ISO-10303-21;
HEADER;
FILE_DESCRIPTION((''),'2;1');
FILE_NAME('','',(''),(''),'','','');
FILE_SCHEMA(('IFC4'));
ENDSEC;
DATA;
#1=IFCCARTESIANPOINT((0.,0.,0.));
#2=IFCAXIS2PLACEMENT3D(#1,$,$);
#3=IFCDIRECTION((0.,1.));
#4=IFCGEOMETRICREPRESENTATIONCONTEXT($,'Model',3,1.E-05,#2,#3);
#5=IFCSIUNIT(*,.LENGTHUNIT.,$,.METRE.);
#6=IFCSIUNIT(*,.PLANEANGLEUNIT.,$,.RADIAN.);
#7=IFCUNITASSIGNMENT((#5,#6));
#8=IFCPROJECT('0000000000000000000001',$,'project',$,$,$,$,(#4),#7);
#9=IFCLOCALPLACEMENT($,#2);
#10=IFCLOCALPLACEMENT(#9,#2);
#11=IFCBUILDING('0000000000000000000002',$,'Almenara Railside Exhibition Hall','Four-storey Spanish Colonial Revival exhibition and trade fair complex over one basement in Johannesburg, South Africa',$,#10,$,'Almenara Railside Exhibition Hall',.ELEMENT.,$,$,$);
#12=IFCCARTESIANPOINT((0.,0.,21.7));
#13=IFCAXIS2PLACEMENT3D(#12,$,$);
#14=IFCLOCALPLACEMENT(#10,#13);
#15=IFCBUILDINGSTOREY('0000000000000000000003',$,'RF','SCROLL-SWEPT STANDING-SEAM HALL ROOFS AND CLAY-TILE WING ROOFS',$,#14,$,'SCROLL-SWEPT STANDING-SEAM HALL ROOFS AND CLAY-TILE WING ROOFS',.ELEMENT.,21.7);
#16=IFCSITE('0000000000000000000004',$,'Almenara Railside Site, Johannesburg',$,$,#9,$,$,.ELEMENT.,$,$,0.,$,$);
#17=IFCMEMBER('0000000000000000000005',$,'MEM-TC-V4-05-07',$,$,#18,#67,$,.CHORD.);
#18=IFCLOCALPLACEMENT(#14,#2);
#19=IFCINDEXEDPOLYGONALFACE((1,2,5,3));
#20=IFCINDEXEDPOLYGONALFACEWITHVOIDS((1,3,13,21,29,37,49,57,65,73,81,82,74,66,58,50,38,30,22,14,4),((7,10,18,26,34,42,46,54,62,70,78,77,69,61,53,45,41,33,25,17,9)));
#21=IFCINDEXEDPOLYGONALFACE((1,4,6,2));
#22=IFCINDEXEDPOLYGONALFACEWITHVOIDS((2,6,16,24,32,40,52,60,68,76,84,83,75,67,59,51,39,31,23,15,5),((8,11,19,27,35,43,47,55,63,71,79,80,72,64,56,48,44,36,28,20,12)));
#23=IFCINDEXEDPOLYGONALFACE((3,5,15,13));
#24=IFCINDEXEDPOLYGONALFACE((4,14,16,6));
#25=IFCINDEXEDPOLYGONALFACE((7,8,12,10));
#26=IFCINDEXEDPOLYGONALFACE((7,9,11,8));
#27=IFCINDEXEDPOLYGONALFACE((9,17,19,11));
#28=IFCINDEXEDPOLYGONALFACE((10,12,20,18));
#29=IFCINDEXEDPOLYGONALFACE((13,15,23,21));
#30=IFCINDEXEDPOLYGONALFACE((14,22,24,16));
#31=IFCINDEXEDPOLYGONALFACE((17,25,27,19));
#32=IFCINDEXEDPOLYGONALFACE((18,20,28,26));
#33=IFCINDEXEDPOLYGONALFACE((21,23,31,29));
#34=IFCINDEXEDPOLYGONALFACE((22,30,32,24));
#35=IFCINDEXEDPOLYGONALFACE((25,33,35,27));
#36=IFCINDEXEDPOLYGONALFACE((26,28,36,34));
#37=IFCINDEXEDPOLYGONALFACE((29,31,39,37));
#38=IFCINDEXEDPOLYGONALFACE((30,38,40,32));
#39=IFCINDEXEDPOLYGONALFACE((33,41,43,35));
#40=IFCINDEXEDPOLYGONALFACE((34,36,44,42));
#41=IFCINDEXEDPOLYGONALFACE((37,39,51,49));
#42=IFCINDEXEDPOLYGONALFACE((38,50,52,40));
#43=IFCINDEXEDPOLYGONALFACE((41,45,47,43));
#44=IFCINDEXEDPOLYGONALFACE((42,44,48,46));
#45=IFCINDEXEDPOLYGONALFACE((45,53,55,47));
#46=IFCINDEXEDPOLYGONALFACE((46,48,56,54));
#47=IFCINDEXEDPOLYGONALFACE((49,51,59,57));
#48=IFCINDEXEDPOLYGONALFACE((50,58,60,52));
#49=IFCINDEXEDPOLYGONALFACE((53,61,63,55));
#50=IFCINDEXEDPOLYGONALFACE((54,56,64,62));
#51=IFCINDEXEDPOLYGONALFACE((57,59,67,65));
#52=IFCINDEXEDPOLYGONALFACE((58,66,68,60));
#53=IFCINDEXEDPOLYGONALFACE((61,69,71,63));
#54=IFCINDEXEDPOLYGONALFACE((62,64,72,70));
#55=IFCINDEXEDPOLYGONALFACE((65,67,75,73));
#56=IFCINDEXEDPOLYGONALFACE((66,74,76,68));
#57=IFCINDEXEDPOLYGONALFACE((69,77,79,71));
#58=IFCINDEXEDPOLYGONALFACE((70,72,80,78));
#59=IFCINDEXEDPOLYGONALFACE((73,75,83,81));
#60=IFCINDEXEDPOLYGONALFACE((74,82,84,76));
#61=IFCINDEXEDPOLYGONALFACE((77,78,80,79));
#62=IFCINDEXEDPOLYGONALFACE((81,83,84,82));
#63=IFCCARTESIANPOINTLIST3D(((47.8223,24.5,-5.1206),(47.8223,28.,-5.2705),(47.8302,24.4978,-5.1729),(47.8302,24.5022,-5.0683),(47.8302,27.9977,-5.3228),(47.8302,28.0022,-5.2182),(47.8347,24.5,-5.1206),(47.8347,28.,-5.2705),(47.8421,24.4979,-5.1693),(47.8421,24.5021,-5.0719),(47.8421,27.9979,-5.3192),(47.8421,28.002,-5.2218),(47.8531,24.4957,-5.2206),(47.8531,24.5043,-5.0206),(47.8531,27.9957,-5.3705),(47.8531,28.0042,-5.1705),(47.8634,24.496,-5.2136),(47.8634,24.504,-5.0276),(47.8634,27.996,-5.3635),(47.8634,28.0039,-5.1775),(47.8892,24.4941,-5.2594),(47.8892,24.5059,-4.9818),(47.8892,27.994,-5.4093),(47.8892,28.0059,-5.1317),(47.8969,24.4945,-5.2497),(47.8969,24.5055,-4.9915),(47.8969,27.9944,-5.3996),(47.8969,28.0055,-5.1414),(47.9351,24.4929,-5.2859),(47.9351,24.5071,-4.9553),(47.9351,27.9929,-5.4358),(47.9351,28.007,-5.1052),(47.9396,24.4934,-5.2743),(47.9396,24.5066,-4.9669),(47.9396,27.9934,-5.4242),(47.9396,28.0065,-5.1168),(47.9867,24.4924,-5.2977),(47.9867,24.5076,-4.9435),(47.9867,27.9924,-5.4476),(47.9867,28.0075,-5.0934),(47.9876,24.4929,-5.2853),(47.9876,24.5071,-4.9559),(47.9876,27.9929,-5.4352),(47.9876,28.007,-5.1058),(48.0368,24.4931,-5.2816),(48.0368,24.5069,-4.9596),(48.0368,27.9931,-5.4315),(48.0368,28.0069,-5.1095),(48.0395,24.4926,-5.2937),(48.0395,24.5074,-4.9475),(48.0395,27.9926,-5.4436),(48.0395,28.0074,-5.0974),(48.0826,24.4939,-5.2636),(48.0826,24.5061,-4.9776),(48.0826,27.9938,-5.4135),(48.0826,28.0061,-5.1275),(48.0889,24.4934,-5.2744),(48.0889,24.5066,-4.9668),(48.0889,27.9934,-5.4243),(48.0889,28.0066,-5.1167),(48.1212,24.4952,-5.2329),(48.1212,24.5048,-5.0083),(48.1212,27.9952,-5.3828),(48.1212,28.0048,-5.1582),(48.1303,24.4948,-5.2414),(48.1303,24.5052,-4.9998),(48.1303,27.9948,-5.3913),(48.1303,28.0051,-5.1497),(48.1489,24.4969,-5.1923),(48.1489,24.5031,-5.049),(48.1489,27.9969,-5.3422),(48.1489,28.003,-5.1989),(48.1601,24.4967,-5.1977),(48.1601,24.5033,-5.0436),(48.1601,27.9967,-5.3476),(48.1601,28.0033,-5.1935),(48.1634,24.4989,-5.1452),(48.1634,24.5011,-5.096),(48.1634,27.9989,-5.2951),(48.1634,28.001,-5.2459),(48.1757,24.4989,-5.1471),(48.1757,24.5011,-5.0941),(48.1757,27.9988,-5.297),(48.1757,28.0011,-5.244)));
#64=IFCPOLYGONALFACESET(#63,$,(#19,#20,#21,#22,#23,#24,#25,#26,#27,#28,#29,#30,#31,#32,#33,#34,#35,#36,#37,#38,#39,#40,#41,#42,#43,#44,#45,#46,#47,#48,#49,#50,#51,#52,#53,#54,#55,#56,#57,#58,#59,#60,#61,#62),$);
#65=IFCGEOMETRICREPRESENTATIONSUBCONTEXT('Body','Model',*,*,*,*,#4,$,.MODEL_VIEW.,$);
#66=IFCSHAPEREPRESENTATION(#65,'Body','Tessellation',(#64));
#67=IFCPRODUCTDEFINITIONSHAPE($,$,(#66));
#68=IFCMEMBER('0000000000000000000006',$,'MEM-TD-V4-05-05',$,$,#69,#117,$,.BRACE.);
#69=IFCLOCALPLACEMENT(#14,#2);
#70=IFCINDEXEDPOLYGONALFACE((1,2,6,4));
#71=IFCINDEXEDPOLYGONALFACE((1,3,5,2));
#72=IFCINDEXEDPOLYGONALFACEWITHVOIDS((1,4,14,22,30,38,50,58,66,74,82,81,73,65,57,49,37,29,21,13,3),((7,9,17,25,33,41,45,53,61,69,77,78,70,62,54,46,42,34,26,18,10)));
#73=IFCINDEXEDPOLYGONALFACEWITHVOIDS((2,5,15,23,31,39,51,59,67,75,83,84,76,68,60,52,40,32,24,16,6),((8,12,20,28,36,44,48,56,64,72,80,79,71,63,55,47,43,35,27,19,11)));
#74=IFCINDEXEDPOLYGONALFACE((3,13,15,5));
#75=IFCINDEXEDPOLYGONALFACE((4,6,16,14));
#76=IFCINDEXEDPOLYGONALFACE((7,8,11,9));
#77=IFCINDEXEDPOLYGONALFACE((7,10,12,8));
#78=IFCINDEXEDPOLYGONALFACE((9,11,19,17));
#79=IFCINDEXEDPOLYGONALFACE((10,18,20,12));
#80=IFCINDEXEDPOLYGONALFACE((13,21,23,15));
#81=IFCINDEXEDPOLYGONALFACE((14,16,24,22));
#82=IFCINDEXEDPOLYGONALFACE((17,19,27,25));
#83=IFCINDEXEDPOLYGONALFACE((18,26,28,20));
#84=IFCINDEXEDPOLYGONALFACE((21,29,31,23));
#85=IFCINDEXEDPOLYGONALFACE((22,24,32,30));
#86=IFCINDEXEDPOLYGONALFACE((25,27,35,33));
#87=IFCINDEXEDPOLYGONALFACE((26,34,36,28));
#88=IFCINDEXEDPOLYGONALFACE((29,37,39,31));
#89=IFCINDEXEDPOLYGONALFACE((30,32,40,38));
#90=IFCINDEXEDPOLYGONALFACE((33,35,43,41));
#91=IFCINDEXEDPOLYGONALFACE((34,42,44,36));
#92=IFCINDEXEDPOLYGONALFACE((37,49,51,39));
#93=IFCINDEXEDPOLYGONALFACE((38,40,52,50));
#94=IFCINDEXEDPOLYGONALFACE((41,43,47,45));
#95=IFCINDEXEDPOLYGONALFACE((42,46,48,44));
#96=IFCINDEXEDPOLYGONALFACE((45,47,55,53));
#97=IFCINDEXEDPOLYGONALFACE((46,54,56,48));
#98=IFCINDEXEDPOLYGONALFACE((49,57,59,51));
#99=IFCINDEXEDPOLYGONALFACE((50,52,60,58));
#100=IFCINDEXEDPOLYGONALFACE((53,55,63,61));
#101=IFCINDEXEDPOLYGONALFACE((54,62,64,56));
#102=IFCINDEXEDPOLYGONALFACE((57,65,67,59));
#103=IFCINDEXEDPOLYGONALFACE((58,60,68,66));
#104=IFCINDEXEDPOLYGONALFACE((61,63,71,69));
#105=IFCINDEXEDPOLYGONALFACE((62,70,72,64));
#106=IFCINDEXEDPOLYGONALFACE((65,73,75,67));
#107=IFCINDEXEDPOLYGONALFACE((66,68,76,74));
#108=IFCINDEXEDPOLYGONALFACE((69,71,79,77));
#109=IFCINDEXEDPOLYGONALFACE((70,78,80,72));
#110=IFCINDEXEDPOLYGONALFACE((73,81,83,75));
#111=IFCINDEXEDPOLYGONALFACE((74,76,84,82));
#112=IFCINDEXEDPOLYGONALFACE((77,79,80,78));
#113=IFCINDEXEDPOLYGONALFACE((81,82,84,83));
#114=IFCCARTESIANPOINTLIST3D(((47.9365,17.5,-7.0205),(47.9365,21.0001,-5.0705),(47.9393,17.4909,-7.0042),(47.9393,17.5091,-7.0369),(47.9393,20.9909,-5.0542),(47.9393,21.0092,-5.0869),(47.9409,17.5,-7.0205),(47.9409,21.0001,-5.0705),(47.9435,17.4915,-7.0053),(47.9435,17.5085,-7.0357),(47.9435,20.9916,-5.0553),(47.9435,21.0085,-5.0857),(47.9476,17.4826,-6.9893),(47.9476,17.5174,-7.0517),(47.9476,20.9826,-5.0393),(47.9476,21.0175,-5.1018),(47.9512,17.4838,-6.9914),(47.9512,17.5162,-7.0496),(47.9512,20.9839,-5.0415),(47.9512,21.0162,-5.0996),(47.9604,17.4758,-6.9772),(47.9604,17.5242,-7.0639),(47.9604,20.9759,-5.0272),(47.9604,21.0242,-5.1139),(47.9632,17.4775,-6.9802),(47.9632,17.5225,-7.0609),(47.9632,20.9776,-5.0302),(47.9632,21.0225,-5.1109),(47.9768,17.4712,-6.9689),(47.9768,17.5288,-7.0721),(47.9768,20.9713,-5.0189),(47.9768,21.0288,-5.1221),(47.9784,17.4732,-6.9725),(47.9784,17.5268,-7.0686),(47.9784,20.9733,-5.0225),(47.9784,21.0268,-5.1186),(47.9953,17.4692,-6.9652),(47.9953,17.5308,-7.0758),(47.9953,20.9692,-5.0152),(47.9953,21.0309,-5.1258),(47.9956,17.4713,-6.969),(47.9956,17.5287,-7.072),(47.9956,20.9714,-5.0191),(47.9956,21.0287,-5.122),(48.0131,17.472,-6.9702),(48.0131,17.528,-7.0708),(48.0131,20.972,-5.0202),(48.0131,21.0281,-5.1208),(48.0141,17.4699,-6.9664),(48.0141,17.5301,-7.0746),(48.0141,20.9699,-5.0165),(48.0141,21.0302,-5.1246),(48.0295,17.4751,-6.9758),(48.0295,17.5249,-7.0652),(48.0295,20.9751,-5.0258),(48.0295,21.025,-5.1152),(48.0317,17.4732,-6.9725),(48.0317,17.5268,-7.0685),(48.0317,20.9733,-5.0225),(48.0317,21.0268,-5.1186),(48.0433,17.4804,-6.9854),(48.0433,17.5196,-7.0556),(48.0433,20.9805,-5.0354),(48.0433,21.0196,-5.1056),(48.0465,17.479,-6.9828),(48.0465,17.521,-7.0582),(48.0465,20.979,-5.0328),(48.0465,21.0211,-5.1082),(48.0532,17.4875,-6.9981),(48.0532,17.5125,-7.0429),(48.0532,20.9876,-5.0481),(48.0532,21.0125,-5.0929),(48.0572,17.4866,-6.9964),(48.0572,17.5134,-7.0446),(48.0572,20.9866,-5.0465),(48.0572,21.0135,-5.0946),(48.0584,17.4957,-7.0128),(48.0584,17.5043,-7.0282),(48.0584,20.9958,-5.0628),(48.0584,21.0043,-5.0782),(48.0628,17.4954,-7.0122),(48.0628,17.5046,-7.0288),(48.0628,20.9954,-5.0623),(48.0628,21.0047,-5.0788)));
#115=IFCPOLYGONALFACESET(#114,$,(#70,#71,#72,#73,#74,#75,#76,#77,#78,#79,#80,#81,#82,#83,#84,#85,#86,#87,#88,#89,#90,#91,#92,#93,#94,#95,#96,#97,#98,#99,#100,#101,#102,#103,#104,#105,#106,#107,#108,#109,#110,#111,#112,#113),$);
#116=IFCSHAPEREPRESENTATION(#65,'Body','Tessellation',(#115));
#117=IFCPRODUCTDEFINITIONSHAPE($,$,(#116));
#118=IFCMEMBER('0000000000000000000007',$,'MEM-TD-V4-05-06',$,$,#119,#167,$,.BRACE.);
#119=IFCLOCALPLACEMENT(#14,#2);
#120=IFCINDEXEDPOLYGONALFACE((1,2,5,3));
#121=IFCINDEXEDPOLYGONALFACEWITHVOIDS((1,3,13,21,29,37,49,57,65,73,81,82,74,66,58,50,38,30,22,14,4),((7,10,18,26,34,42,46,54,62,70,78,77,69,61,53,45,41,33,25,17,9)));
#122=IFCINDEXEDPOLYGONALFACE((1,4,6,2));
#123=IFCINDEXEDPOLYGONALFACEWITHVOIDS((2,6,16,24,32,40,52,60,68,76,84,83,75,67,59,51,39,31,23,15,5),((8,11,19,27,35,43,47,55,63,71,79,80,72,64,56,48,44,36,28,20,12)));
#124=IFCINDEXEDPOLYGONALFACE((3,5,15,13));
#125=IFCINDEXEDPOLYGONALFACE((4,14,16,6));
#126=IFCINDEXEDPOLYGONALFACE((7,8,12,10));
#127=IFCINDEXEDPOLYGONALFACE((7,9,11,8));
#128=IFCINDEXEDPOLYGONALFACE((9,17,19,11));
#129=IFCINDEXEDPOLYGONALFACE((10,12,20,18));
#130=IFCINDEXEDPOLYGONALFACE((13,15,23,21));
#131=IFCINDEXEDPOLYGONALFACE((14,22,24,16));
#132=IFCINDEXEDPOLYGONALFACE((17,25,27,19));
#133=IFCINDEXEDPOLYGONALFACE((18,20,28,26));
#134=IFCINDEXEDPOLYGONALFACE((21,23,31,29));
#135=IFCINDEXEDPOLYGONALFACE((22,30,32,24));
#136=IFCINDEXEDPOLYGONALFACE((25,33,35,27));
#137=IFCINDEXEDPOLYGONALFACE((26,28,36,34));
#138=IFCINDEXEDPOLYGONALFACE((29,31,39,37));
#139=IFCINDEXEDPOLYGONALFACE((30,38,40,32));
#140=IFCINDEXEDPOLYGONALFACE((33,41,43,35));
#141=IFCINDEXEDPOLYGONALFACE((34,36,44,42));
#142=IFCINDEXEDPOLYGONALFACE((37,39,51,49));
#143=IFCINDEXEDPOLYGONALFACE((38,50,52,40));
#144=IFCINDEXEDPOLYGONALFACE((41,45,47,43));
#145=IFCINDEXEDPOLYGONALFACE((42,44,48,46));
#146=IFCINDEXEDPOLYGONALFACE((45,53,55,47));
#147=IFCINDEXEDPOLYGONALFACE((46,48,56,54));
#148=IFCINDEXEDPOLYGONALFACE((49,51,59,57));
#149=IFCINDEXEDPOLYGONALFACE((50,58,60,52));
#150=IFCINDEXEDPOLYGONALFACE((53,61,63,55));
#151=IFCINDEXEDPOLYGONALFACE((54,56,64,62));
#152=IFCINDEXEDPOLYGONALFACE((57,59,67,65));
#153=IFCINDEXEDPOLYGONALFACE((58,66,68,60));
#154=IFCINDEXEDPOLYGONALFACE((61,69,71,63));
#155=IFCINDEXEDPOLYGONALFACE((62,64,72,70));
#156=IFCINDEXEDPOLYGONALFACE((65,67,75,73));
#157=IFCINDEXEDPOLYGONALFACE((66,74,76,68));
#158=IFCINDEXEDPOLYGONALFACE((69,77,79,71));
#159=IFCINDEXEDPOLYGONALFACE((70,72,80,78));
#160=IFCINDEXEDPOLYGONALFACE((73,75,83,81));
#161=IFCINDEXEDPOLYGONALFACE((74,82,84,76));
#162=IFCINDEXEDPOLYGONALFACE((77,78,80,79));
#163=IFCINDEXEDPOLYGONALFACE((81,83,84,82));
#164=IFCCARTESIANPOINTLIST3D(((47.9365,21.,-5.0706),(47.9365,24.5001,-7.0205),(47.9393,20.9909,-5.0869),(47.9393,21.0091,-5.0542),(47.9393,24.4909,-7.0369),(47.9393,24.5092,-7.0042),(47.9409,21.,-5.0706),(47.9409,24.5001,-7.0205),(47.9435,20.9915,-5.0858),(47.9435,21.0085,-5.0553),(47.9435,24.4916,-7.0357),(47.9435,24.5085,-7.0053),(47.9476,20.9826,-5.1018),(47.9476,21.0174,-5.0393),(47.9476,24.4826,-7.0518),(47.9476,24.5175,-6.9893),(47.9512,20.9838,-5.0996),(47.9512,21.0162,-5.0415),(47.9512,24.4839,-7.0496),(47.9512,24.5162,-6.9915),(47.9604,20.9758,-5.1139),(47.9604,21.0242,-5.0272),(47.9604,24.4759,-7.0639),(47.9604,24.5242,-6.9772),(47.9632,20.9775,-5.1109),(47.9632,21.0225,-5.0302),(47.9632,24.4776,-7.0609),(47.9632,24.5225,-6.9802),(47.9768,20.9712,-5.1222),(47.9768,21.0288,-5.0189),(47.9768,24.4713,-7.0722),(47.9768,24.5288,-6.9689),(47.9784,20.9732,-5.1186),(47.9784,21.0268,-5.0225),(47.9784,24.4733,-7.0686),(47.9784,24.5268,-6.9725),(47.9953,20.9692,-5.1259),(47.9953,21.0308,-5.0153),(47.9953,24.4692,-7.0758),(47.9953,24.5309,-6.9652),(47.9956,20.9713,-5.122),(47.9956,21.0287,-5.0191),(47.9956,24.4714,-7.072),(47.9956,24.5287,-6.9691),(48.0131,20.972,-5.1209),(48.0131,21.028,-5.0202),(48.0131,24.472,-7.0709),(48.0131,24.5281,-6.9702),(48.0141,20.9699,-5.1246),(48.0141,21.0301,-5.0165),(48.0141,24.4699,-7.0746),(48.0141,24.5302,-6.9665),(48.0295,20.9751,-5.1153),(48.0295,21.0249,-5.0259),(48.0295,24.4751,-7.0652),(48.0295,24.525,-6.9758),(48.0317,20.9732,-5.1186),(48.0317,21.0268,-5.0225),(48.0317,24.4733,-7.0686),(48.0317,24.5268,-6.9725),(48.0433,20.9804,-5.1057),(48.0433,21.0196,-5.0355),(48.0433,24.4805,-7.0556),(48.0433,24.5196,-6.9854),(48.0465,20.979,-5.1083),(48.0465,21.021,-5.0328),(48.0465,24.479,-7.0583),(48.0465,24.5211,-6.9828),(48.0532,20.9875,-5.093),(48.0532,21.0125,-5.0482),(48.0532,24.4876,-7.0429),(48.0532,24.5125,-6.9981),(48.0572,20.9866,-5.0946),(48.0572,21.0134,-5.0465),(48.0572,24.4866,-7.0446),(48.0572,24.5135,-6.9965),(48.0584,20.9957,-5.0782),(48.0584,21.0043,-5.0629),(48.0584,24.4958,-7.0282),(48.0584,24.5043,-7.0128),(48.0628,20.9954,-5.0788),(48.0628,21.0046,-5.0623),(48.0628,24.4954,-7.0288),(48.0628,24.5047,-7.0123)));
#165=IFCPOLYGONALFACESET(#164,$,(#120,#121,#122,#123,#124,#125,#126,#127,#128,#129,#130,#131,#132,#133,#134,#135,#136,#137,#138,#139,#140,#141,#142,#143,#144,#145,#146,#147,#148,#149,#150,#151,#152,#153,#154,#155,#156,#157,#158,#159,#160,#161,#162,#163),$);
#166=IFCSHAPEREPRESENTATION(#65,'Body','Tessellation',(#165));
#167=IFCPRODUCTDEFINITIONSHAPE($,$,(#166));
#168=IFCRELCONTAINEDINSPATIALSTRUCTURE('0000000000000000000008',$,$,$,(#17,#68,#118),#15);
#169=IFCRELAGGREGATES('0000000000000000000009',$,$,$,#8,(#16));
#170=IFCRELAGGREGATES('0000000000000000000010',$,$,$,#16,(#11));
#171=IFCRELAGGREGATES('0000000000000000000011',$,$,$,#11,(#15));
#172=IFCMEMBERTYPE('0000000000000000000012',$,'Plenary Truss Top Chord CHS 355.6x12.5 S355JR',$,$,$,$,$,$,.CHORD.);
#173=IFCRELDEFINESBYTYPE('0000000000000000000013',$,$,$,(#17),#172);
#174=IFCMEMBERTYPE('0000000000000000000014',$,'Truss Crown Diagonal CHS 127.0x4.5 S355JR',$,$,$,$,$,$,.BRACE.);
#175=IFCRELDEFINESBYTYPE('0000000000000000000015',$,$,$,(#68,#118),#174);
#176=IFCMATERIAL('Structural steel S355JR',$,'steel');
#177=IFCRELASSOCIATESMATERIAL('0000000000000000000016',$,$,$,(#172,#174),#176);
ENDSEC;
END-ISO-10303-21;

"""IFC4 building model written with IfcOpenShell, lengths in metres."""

from ifc_helpers import new_model, si_unit, direction, frame, origin, origin_2d, place, context, subcontext, project, spatial, hollow_circle, extrude, material, material_profile, profile_set, type_object, element, save


model = new_model("IFC4")

# Units and contexts
model_context = context("Model", 3, precision=1e-05, world=origin(), true_north=direction((0.0, 1.0)))
body_context = subcontext(model_context, "Body", "Model", "MODEL_VIEW")
ifc_project = project(units=[si_unit("LENGTHUNIT", "METRE"), si_unit("PLANEANGLEUNIT", "RADIAN")], contexts=[model_context])

# Site, building, storey
site_placement = place(None, origin())
site = spatial("IfcSite", under=ifc_project, at=site_placement, Name="Almenara Railside Site, Johannesburg", CompositionType="ELEMENT", RefElevation=0.0)
building_placement = place(site_placement, origin())
building = spatial("IfcBuilding", under=site, at=building_placement, Name="Almenara Railside Exhibition Hall", Description="Four-storey Spanish Colonial Revival exhibition and trade fair complex over one basement in Johannesburg, South Africa", LongName="Almenara Railside Exhibition Hall", CompositionType="ELEMENT")
storey_placement = place(building_placement, frame((0.0, 0.0, 21.7)))
storey = spatial("IfcBuildingStorey", under=building, at=storey_placement, Name="RF", Description="SCROLL-SWEPT STANDING-SEAM HALL ROOFS AND CLAY-TILE WING ROOFS", LongName="SCROLL-SWEPT STANDING-SEAM HALL ROOFS AND CLAY-TILE WING ROOFS", CompositionType="ELEMENT", Elevation=21.7)

# Members
ifc_material_1 = material(Name="Structural steel S355JR", Category="steel")
ifc_material_profile_1 = material_profile(ifc_material_1, hollow_circle(Radius=0.1777, WallThickness=0.0125, at=origin_2d()), Name="CHS 355.6x12.5")
ifc_profile_set_1 = profile_set([ifc_material_profile_1], Name="Structural steel S355JR")
member_type_1 = type_object("IfcMemberType", Name="Plenary Truss Top Chord CHS 355.6x12.5 S355JR", PredefinedType="CHORD", material=ifc_profile_set_1)
member_1_placement = place(storey_placement, frame((48.0, 24.5, -5.1206), z_axis=(0.0, 0.999084, -0.04279), x_axis=(-1.0, 0.0, 0.0)))
element("IfcMember", 1, at=member_1_placement, inside=storey, type_object=member_type_1, Name="MEM-TC-V4-05-07", PredefinedType="CHORD", context=body_context, shape_type="SweptSolid", body=[
    extrude(hollow_circle(Radius=0.1777, WallThickness=0.0125, at=origin_2d()), origin(), (0.0, 0.0, 1.0), 3.5032),
])
ifc_material_profile_2 = material_profile(ifc_material_1, hollow_circle(Radius=0.0635, WallThickness=0.0044, at=origin_2d()), Name="CHS 127.0x4.5")
ifc_profile_set_2 = profile_set([ifc_material_profile_2], Name="Structural steel S355JR")
member_type_2 = type_object("IfcMemberType", Name="Truss Crown Diagonal CHS 127.0x4.5 S355JR", PredefinedType="BRACE", material=ifc_profile_set_2)
for number, where, z_axis, x_axis, name in (
    (2, (48.0, 17.5, -7.0205), (0.0, 0.873573, 0.486693), (-1.0, 0.0, 0.0), "MEM-TD-V4-05-05"),
    (3, (48.0, 21.0, -5.0706), (0.0, 0.873573, -0.486693), (-1.0, 0.0, 0.0), "MEM-TD-V4-05-06"),
):
    element("IfcMember", number, at=place(storey_placement, frame(where, z_axis=z_axis, x_axis=x_axis)), inside=storey, type_object=member_type_2, Name=name, PredefinedType="BRACE", context=body_context, shape_type="SweptSolid", body=[
        extrude(hollow_circle(Radius=0.0635, WallThickness=0.0044, at=origin_2d()), origin(), (0.0, 0.0, 1.0), 4.0066),
    ])

save(model, "model.ifc")
